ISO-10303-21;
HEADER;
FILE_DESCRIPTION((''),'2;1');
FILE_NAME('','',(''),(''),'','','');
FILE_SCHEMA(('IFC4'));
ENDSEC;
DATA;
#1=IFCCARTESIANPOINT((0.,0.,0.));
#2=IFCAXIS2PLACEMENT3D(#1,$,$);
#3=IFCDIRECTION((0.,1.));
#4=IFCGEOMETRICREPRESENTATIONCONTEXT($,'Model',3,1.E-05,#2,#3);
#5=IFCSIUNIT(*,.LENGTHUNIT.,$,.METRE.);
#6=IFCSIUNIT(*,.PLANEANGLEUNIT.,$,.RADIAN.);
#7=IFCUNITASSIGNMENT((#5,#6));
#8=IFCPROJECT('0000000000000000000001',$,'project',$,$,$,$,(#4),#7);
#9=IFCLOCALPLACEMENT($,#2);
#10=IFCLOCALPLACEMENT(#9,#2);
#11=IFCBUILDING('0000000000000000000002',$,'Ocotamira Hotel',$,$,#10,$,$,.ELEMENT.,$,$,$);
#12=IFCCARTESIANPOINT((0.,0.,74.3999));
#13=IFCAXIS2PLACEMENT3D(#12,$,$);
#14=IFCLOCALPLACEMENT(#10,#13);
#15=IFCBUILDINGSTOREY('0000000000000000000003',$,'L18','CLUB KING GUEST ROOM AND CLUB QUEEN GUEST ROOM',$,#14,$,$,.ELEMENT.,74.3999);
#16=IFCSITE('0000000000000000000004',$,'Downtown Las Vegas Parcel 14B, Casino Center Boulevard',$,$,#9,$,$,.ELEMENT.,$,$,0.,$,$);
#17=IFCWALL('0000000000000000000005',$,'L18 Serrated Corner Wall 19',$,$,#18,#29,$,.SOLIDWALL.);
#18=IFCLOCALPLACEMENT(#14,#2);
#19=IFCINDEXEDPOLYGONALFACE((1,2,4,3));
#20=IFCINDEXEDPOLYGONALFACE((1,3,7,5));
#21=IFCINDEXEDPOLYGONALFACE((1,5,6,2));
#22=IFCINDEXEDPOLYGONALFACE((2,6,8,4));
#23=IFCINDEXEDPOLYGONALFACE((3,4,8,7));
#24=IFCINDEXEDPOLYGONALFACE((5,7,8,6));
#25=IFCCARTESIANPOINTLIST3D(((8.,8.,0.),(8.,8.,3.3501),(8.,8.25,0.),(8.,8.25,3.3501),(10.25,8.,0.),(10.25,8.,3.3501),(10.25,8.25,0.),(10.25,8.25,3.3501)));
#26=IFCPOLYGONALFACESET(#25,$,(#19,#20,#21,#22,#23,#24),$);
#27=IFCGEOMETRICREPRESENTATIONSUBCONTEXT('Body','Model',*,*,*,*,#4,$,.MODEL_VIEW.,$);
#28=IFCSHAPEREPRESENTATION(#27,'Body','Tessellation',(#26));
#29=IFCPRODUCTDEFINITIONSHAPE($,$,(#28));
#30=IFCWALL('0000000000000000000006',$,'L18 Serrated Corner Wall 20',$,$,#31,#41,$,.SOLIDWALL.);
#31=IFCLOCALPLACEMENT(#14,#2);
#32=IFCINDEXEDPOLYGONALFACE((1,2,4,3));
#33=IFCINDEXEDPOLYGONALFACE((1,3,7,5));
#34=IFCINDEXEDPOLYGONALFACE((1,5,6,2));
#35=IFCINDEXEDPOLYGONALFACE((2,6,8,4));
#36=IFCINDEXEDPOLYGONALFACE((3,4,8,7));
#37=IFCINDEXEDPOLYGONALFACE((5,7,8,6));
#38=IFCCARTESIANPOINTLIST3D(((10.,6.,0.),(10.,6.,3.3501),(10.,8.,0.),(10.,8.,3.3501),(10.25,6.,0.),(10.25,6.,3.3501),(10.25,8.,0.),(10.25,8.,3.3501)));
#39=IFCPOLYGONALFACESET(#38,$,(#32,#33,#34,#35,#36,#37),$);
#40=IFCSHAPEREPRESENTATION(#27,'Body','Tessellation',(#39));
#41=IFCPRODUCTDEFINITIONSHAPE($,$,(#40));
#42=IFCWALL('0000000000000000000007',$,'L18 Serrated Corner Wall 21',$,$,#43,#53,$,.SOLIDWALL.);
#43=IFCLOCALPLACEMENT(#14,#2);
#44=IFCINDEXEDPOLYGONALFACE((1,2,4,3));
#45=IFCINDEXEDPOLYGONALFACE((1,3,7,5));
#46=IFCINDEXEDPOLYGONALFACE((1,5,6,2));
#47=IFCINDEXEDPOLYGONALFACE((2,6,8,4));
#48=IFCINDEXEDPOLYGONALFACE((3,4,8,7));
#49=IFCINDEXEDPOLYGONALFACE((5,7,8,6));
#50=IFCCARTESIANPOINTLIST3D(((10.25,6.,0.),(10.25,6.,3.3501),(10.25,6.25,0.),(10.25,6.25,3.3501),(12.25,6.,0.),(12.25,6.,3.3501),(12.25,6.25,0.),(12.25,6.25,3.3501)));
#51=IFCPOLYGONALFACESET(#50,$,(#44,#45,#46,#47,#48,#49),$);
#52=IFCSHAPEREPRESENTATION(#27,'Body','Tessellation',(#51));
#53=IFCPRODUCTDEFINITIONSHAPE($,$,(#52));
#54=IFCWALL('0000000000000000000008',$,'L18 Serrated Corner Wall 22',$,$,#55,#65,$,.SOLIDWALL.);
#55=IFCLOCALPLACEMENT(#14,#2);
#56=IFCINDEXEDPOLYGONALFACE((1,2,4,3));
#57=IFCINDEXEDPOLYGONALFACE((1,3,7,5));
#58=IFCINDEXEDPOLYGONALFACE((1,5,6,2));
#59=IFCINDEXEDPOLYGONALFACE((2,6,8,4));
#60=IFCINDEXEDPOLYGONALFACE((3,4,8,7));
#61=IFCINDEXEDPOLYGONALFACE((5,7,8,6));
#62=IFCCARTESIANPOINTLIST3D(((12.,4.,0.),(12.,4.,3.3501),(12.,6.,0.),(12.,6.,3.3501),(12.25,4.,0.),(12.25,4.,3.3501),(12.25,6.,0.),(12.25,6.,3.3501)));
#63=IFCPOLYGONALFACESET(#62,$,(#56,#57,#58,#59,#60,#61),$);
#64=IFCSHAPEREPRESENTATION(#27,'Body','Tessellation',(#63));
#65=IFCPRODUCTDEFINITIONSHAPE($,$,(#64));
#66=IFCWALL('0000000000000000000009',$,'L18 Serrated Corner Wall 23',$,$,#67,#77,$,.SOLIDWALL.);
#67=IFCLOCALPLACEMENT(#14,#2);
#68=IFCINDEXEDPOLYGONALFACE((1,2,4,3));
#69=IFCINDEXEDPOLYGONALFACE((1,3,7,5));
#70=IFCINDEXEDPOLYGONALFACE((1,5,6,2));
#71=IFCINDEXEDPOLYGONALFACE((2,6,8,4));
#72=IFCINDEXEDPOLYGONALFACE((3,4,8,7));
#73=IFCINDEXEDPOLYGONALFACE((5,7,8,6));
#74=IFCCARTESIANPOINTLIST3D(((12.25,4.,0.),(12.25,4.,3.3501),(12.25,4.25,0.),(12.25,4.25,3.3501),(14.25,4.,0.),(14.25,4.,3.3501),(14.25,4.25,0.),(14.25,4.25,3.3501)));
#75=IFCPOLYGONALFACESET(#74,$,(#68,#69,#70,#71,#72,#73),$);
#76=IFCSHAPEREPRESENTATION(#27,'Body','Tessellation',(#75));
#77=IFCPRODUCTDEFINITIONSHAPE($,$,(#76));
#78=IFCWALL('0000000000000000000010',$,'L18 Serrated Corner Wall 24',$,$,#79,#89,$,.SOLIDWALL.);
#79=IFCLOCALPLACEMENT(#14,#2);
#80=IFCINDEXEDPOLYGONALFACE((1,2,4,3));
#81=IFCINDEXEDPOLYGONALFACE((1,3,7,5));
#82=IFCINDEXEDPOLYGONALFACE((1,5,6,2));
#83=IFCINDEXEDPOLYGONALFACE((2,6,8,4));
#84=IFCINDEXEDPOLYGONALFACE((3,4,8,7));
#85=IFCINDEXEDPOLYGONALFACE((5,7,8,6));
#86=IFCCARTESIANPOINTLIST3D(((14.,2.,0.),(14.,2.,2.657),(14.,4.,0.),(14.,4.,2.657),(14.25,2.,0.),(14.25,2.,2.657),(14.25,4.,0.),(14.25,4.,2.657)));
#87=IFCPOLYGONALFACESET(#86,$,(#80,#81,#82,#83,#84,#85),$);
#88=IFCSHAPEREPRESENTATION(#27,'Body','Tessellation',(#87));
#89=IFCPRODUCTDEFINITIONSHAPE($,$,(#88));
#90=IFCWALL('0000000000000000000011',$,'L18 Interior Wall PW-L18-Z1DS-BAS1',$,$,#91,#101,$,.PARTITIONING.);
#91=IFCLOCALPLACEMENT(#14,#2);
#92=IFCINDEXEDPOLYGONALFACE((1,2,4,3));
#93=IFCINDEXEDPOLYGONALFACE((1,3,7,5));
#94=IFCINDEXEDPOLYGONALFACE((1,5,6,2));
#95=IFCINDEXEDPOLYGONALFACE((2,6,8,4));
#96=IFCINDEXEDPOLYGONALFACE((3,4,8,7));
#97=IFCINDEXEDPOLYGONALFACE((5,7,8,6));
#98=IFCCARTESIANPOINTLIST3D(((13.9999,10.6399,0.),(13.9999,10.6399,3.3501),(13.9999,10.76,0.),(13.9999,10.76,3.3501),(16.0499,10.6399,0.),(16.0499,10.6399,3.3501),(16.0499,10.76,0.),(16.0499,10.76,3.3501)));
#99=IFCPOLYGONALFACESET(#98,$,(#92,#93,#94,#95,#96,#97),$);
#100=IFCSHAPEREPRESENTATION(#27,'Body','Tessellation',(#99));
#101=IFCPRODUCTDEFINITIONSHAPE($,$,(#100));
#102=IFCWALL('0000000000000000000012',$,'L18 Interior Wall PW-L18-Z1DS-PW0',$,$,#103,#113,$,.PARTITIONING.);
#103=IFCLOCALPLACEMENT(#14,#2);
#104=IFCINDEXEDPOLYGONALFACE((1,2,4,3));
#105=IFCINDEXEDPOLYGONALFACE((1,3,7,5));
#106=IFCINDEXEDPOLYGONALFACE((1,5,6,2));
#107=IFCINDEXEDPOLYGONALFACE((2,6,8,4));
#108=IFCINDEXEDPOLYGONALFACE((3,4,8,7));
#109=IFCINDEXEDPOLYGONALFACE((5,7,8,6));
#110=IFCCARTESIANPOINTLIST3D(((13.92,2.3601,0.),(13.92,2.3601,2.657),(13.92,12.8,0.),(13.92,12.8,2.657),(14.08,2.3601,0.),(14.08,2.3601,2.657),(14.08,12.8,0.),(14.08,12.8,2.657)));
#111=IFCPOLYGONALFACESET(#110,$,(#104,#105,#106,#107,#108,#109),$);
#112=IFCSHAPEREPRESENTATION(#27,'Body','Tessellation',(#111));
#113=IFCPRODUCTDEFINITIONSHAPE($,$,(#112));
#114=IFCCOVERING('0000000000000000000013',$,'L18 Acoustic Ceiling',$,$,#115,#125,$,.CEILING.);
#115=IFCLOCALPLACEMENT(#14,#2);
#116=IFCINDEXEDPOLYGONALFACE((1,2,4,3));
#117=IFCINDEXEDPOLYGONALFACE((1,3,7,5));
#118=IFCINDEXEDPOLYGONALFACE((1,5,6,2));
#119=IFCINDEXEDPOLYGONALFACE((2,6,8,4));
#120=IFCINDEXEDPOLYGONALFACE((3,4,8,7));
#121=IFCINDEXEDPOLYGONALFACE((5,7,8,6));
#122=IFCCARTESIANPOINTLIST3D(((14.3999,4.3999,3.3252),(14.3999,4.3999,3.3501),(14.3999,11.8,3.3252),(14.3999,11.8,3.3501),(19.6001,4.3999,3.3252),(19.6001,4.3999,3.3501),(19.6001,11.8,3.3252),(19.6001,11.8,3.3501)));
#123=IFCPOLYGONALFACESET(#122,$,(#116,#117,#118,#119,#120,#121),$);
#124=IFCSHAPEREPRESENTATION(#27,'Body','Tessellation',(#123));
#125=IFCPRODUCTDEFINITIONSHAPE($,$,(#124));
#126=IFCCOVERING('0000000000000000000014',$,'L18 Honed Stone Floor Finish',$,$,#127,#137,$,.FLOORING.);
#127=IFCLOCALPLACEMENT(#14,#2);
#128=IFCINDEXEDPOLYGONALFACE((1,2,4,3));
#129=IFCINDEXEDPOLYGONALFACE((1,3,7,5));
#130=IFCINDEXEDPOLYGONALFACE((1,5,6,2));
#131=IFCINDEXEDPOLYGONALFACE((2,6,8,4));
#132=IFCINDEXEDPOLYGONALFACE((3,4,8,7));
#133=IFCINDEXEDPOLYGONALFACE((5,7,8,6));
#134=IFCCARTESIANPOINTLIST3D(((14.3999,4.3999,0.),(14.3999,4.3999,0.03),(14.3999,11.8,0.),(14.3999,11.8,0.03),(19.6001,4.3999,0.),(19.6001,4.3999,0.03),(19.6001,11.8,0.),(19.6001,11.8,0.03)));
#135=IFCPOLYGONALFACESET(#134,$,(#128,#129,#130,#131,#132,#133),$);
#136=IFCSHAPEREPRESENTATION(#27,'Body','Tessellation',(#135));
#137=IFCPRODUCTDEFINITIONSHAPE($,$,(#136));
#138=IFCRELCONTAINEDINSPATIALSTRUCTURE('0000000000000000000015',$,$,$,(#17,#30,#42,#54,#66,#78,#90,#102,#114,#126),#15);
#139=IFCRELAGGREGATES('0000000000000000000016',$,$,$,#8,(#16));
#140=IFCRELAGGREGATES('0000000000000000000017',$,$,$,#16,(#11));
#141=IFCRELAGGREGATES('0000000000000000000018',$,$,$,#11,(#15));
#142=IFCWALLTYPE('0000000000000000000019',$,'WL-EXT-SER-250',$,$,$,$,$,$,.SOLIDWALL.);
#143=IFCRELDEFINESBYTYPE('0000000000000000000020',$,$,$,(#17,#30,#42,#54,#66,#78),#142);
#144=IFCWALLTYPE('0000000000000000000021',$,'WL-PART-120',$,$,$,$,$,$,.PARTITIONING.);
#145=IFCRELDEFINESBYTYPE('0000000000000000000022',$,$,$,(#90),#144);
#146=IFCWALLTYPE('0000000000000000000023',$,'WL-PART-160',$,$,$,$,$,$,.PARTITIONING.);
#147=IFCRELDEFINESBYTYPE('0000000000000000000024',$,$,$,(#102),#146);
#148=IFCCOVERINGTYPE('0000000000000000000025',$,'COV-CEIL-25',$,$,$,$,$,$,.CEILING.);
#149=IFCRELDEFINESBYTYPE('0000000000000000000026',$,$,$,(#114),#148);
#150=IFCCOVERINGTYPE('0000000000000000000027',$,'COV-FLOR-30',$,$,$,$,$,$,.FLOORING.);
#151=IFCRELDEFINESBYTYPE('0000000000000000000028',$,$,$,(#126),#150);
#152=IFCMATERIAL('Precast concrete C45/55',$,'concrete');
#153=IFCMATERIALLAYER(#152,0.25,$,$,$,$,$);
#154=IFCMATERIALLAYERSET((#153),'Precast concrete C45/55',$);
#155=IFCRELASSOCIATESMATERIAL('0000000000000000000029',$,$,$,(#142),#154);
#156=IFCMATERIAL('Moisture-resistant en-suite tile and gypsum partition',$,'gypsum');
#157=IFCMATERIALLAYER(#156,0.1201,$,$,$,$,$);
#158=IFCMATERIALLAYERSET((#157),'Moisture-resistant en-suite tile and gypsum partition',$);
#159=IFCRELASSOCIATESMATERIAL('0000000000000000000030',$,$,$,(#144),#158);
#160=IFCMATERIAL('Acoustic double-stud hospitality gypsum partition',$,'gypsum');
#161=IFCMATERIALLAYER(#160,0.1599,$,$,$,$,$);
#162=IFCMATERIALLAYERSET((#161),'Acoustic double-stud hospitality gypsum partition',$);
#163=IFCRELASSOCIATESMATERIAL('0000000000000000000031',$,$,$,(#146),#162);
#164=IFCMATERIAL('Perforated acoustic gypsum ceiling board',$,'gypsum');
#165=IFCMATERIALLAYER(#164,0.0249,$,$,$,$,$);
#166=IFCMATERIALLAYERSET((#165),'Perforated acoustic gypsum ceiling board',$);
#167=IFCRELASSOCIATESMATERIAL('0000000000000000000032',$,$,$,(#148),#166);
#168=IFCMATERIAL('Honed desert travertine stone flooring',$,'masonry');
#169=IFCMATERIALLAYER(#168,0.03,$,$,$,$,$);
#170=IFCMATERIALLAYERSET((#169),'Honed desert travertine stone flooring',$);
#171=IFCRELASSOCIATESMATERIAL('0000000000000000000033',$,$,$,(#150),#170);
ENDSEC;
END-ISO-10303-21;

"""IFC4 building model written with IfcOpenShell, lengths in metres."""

from ifc_helpers import new_model, si_unit, direction, frame, frame_2d, origin, place, context, subcontext, project, spatial, polyline, rectangle, outline, extrude, material, layer, layer_set, type_object, element, save


model = new_model("IFC4")

# Units and contexts
model_context = context("Model", 3, precision=1e-05, world=origin(), true_north=direction((0.0, 1.0)))
body_context = subcontext(model_context, "Body", "Model", "MODEL_VIEW")
ifc_project = project(units=[si_unit("LENGTHUNIT", "METRE"), si_unit("PLANEANGLEUNIT", "RADIAN")], contexts=[model_context])

# Site, building, storey
site_placement = place(None, origin())
site = spatial("IfcSite", under=ifc_project, at=site_placement, Name="Downtown Las Vegas Parcel 14B, Casino Center Boulevard", CompositionType="ELEMENT", RefElevation=0.0)
building_placement = place(site_placement, origin())
building = spatial("IfcBuilding", under=site, at=building_placement, Name="Ocotamira Hotel", CompositionType="ELEMENT")
storey_placement = place(building_placement, frame((0.0, 0.0, 74.3999)))
storey = spatial("IfcBuildingStorey", under=building, at=storey_placement, Name="L18", Description="CLUB KING GUEST ROOM AND CLUB QUEEN GUEST ROOM", CompositionType="ELEMENT", Elevation=74.3999)

# Walls
ifc_material_1 = material(Name="Precast concrete C45/55", Category="concrete")
ifc_layer_1 = layer(ifc_material_1, 0.25)
ifc_layer_set_1 = layer_set([ifc_layer_1], Name="Precast concrete C45/55")
wall_type_1 = type_object("IfcWallType", Name="WL-EXT-SER-250", PredefinedType="SOLIDWALL", material=ifc_layer_set_1)
wall_1_placement = place(storey_placement, frame((8.0, 8.125, 0.0), z_axis=(0.0, 0.0, 1.0), x_axis=(1.0, 0.0, 0.0)))
element("IfcWall", 1, at=wall_1_placement, inside=storey, type_object=wall_type_1, Name="L18 Serrated Corner Wall 19", PredefinedType="SOLIDWALL", context=body_context, shape_type="SweptSolid", body=[
    extrude(rectangle(XDim=2.25, YDim=0.25, at=frame_2d((1.125, 0.0))), origin(), (0.0, 0.0, 1.0), 3.3501),
])
for number, where, z_axis, x_axis, name in (
    (2, (10.125, 8.0, 0.0), (0.0, 0.0, 1.0), (0.0, -1.0, 0.0), "L18 Serrated Corner Wall 20"),
    (3, (10.25, 6.125, 0.0), (0.0, 0.0, 1.0), (1.0, 0.0, 0.0), "L18 Serrated Corner Wall 21"),
    (4, (12.125, 6.0, 0.0), (0.0, 0.0, 1.0), (0.0, -1.0, 0.0), "L18 Serrated Corner Wall 22"),
    (5, (12.25, 4.125, 0.0), (0.0, 0.0, 1.0), (1.0, 0.0, 0.0), "L18 Serrated Corner Wall 23"),
):
    element("IfcWall", number, at=place(storey_placement, frame(where, z_axis=z_axis, x_axis=x_axis)), inside=storey, type_object=wall_type_1, Name=name, PredefinedType="SOLIDWALL", context=body_context, shape_type="SweptSolid", body=[
        extrude(rectangle(XDim=2.0, YDim=0.25, at=frame_2d((1.0, 0.0))), origin(), (0.0, 0.0, 1.0), 3.3501),
    ])
wall_2_placement = place(storey_placement, frame((14.125, 4.0, 0.0), z_axis=(0.0, 0.0, 1.0), x_axis=(0.0, -1.0, 0.0)))
element("IfcWall", 6, at=wall_2_placement, inside=storey, type_object=wall_type_1, Name="L18 Serrated Corner Wall 24", PredefinedType="SOLIDWALL", context=body_context, shape_type="SweptSolid", body=[
    extrude(rectangle(XDim=2.0, YDim=0.25, at=frame_2d((1.0, 0.0))), origin(), (0.0, 0.0, 1.0), 2.657),
])

# Walls
ifc_material_2 = material(Name="Moisture-resistant en-suite tile and gypsum partition", Category="gypsum")
ifc_layer_2 = layer(ifc_material_2, 0.1201)
ifc_layer_set_2 = layer_set([ifc_layer_2], Name="Moisture-resistant en-suite tile and gypsum partition")
wall_type_2 = type_object("IfcWallType", Name="WL-PART-120", PredefinedType="PARTITIONING", material=ifc_layer_set_2)
wall_3_placement = place(storey_placement, frame((14.0, 10.7, 0.0), z_axis=(0.0, 0.0, 1.0), x_axis=(1.0, 0.0, 0.0)))
element("IfcWall", 7, at=wall_3_placement, inside=storey, type_object=wall_type_2, Name="L18 Interior Wall PW-L18-Z1DS-BAS1", PredefinedType="PARTITIONING", context=body_context, shape_type="SweptSolid", body=[
    extrude(rectangle(XDim=2.05, YDim=0.1201, at=frame_2d((1.0249, 0.0))), origin(), (0.0, 0.0, 1.0), 3.3501),
])
ifc_material_3 = material(Name="Acoustic double-stud hospitality gypsum partition", Category="gypsum")
ifc_layer_3 = layer(ifc_material_3, 0.1599)
ifc_layer_set_3 = layer_set([ifc_layer_3], Name="Acoustic double-stud hospitality gypsum partition")
wall_type_3 = type_object("IfcWallType", Name="WL-PART-160", PredefinedType="PARTITIONING", material=ifc_layer_set_3)
wall_4_placement = place(storey_placement, frame((14.0, 2.3601, 0.0), z_axis=(0.0, 0.0, 1.0), x_axis=(0.0, 1.0, 0.0)))
element("IfcWall", 8, at=wall_4_placement, inside=storey, type_object=wall_type_3, Name="L18 Interior Wall PW-L18-Z1DS-PW0", PredefinedType="PARTITIONING", context=body_context, shape_type="SweptSolid", body=[
    extrude(rectangle(XDim=10.4399, YDim=0.1599, at=frame_2d((5.22, 0.0))), origin(), (0.0, 0.0, 1.0), 2.657),
])

# Coverings
ifc_material_4 = material(Name="Perforated acoustic gypsum ceiling board", Category="gypsum")
ifc_layer_4 = layer(ifc_material_4, 0.0249)
ifc_layer_set_4 = layer_set([ifc_layer_4], Name="Perforated acoustic gypsum ceiling board")
covering_type_1 = type_object("IfcCoveringType", Name="COV-CEIL-25", PredefinedType="CEILING", material=ifc_layer_set_4)
covering_1_placement = place(storey_placement, frame((0.0, 0.0, 3.3252)))
element("IfcCovering", 9, at=covering_1_placement, inside=storey, type_object=covering_type_1, Name="L18 Acoustic Ceiling", PredefinedType="CEILING", context=body_context, shape_type="SweptSolid", body=[
    extrude(outline(polyline([(14.3999, 4.3999), (19.6001, 4.3999), (19.6001, 11.8), (14.3999, 11.8), (14.3999, 4.3999)])), origin(), (0.0, 0.0, 1.0), 0.0249),
])
ifc_material_5 = material(Name="Honed desert travertine stone flooring", Category="masonry")
ifc_layer_5 = layer(ifc_material_5, 0.03)
ifc_layer_set_5 = layer_set([ifc_layer_5], Name="Honed desert travertine stone flooring")
covering_type_2 = type_object("IfcCoveringType", Name="COV-FLOR-30", PredefinedType="FLOORING", material=ifc_layer_set_5)
covering_2_placement = place(storey_placement, origin())
element("IfcCovering", 10, at=covering_2_placement, inside=storey, type_object=covering_type_2, Name="L18 Honed Stone Floor Finish", PredefinedType="FLOORING", context=body_context, shape_type="SweptSolid", body=[
    extrude(outline(polyline([(14.3999, 4.3999), (19.6001, 4.3999), (19.6001, 11.8), (14.3999, 11.8), (14.3999, 4.3999)])), origin(), (0.0, 0.0, 1.0), 0.03),
])

save(model, "model.ifc")
